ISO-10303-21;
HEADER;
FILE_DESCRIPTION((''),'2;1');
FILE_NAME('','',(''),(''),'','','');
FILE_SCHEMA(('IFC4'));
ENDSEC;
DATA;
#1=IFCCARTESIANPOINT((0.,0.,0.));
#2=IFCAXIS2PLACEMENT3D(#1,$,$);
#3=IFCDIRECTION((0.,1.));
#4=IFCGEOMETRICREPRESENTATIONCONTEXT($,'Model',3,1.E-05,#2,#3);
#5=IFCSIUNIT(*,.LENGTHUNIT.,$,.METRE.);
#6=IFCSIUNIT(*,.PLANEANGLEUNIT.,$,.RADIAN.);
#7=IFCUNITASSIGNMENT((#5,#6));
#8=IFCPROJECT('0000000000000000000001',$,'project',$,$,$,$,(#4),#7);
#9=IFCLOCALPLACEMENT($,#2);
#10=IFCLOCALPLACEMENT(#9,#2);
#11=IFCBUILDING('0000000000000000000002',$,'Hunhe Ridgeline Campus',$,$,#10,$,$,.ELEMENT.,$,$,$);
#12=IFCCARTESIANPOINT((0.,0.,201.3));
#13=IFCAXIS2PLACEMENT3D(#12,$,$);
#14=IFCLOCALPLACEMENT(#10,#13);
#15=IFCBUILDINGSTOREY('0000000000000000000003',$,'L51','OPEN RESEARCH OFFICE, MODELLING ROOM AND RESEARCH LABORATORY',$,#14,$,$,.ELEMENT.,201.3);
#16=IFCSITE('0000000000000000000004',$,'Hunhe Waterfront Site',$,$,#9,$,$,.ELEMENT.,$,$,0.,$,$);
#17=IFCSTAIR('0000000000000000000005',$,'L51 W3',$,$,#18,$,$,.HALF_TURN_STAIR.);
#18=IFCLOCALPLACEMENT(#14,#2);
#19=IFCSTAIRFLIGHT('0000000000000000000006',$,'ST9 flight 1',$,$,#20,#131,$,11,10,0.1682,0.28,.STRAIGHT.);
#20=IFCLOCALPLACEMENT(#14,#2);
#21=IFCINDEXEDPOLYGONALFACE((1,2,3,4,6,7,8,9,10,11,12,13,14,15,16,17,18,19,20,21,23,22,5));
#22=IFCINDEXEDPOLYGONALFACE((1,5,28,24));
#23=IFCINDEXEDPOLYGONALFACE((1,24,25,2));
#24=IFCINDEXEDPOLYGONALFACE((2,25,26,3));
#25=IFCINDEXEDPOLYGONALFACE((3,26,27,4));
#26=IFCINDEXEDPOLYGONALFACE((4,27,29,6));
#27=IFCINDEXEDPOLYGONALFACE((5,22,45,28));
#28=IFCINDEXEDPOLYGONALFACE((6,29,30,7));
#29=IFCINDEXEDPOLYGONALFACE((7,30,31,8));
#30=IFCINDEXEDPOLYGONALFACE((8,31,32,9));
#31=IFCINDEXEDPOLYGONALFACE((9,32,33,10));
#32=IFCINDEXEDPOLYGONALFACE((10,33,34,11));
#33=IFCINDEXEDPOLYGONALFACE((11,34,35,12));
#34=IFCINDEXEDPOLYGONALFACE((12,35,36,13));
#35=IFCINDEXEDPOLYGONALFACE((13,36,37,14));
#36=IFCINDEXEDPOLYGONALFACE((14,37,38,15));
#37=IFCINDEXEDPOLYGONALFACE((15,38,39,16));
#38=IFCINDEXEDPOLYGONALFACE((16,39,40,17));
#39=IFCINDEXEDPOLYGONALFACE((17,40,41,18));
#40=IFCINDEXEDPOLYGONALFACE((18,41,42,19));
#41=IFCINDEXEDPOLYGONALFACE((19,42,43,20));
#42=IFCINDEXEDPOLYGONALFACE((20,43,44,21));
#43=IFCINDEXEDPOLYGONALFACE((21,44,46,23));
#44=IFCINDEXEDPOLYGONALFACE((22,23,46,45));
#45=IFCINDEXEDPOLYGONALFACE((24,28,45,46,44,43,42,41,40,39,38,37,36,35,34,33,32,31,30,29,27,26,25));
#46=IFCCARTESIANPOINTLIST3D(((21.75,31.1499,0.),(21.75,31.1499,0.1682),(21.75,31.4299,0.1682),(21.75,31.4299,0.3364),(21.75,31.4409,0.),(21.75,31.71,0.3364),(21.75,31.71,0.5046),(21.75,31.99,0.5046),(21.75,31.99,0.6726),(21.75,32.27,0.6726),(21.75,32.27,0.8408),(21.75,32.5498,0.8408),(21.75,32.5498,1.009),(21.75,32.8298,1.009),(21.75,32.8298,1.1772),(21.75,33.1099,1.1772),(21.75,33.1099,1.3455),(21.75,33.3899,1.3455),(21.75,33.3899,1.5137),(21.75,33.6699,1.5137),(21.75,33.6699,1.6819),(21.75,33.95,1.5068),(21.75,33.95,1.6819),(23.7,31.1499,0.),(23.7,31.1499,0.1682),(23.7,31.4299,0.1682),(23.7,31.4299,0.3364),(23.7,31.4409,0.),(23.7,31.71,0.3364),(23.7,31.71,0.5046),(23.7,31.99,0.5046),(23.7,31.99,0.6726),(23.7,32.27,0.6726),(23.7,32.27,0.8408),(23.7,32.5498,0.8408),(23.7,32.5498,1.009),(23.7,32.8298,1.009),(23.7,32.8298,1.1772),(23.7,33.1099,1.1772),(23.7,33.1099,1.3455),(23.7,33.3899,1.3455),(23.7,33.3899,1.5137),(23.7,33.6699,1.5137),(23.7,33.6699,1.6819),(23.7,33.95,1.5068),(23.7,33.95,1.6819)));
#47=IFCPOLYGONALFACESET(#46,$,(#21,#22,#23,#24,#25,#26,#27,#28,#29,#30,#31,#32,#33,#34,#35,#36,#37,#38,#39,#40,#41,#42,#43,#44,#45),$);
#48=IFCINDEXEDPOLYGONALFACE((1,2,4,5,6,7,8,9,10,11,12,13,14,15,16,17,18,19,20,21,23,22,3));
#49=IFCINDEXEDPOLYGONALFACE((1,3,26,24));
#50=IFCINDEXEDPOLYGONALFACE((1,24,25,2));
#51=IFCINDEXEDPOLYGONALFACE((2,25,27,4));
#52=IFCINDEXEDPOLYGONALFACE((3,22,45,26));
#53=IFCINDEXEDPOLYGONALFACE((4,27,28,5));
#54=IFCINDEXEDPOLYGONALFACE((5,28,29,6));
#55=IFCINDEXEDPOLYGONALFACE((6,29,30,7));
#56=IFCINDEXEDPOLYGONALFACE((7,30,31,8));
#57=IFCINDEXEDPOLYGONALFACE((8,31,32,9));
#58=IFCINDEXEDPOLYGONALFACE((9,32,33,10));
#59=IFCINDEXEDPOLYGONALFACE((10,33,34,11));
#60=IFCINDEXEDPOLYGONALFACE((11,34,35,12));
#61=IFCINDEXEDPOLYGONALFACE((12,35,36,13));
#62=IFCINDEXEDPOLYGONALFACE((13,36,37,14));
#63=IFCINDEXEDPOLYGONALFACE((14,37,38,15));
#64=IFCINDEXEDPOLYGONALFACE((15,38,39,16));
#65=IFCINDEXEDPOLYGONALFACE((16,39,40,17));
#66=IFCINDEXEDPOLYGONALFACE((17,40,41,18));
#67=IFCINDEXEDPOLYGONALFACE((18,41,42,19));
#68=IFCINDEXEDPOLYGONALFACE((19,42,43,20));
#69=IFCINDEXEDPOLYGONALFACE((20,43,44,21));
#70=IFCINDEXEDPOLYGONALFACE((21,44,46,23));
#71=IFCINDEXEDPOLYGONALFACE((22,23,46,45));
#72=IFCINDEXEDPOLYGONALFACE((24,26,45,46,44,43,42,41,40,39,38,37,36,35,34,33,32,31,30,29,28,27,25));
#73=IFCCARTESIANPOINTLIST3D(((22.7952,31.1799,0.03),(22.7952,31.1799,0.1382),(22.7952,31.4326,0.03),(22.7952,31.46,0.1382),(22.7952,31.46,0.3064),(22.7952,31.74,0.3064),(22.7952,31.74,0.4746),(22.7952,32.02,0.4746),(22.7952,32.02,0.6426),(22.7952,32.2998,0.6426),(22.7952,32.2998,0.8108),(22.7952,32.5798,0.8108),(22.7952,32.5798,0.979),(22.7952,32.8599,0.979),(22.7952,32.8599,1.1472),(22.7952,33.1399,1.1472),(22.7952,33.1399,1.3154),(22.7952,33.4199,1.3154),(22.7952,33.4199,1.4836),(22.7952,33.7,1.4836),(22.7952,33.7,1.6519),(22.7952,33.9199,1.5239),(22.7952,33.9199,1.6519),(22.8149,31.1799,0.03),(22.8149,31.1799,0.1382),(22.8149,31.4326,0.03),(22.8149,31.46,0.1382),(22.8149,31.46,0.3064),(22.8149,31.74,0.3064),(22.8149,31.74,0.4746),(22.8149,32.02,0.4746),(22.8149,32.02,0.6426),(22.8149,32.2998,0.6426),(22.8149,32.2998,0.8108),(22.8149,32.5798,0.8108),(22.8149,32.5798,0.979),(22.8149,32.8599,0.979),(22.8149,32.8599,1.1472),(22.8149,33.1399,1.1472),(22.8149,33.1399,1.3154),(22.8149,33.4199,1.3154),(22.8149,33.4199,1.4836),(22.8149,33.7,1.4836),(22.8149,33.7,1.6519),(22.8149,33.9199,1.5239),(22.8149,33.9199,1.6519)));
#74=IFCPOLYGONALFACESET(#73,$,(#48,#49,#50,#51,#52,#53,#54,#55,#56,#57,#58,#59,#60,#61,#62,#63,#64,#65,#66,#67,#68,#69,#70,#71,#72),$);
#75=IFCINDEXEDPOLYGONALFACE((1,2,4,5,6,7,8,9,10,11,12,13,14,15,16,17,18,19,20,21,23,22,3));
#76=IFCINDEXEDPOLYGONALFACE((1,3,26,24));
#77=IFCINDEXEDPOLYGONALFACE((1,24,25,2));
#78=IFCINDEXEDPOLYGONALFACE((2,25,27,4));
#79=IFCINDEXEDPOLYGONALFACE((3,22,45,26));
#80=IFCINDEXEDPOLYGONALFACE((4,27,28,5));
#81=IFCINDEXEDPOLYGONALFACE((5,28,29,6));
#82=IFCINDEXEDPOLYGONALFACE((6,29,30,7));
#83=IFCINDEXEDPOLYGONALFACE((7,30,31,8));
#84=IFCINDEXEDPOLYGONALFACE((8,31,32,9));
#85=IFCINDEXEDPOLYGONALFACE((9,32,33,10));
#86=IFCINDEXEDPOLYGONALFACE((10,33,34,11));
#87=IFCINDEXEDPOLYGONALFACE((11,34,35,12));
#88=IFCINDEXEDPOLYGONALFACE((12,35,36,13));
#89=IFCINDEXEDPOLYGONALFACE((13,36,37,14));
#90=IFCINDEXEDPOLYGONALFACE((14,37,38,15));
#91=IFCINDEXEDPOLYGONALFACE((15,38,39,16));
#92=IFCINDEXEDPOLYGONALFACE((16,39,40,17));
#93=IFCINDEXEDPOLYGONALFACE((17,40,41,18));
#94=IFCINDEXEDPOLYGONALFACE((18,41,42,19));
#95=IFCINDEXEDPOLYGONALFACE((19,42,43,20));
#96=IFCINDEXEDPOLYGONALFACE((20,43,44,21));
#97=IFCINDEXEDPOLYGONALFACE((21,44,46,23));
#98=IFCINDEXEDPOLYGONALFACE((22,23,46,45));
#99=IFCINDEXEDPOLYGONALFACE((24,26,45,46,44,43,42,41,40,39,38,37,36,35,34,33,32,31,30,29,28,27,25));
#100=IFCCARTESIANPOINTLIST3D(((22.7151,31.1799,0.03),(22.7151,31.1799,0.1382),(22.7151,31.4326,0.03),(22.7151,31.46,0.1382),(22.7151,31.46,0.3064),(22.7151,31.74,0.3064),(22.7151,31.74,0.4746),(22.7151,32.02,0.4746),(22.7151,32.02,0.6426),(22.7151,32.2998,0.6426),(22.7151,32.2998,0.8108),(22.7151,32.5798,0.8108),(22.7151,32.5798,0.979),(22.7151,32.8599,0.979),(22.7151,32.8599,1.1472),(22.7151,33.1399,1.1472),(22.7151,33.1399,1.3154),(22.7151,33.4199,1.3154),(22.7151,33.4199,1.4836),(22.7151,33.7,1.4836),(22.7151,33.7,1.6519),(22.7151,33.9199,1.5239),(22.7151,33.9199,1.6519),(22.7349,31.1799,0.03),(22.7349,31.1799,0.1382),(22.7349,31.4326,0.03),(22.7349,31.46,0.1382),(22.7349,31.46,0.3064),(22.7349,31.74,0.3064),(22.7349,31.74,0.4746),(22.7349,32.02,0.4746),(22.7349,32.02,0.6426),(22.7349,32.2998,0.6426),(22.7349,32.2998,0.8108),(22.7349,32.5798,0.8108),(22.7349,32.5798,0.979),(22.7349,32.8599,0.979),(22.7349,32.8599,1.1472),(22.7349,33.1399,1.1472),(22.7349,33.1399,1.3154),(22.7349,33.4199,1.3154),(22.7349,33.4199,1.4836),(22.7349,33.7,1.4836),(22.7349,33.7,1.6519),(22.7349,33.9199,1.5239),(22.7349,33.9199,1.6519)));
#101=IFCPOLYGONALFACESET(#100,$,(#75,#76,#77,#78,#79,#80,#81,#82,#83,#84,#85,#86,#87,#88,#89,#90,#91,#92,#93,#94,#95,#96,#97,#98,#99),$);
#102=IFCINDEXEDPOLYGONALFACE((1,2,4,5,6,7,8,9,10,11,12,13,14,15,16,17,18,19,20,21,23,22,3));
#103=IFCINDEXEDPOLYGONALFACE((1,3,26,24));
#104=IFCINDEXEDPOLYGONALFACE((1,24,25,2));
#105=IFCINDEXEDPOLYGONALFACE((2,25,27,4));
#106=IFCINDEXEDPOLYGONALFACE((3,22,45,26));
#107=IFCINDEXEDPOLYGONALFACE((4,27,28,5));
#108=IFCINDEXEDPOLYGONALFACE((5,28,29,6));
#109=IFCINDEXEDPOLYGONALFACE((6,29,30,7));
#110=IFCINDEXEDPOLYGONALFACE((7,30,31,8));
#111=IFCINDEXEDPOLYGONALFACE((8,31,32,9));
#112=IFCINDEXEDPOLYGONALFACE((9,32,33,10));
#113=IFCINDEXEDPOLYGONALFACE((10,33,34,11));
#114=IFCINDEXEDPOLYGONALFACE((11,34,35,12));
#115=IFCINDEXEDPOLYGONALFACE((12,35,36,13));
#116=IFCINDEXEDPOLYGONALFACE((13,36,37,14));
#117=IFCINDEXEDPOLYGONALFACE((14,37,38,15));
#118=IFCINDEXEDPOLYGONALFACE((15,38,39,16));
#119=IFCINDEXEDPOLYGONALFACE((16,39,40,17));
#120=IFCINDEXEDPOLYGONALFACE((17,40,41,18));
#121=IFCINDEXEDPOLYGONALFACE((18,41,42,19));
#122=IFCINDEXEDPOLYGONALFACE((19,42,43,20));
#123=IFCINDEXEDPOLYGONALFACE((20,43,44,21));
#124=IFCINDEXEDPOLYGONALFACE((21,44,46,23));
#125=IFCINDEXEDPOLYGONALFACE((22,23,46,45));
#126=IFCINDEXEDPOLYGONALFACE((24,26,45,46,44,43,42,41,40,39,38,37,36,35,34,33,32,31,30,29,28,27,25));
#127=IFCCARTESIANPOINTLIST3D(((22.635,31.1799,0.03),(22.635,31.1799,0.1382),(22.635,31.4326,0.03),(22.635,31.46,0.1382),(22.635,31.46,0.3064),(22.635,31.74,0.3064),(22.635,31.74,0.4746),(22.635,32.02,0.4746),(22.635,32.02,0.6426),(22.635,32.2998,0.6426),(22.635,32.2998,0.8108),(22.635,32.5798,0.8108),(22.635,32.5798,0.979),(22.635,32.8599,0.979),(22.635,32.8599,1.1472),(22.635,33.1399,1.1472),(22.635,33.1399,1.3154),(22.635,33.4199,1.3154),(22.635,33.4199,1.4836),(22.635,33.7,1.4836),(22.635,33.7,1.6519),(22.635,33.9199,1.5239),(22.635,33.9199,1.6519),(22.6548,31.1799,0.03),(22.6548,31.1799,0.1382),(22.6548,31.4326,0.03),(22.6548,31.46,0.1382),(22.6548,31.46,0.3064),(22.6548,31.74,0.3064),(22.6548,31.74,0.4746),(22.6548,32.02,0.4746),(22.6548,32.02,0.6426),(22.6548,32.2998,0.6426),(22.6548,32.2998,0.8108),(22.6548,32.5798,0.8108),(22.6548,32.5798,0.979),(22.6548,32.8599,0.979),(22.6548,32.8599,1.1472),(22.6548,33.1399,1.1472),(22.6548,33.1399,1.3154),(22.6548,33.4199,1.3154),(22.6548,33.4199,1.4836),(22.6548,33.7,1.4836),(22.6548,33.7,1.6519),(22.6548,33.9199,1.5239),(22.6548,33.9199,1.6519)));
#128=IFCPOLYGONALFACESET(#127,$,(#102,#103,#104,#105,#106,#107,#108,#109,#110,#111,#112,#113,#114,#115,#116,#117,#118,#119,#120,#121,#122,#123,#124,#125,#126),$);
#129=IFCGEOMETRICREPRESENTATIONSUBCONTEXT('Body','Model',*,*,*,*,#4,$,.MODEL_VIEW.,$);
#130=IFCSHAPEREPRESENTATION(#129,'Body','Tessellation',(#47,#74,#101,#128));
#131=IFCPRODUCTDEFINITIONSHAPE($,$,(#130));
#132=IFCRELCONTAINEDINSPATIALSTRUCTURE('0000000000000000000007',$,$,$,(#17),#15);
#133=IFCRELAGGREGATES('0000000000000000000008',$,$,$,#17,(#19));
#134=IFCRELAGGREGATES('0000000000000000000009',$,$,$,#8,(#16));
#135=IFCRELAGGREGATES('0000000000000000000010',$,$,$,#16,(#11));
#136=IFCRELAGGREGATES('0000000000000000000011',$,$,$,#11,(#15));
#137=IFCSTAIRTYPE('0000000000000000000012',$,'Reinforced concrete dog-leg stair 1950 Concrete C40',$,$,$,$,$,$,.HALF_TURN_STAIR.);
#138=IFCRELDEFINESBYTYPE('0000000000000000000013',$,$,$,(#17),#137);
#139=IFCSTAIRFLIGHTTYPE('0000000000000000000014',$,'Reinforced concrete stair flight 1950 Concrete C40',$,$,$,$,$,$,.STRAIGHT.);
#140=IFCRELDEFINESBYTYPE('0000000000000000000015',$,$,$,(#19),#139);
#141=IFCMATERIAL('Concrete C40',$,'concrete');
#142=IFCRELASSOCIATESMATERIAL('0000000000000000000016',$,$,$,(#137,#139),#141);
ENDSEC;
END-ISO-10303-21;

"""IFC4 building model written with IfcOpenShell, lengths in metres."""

from ifc_helpers import new_model, si_unit, direction, frame, origin, place, context, subcontext, project, spatial, polyline, outline, extrude, material, type_object, element, aggregate, save


model = new_model("IFC4")

# Units and contexts
model_context = context("Model", 3, precision=1e-05, world=origin(), true_north=direction((0.0, 1.0)))
body_context = subcontext(model_context, "Body", "Model", "MODEL_VIEW")
ifc_project = project(units=[si_unit("LENGTHUNIT", "METRE"), si_unit("PLANEANGLEUNIT", "RADIAN")], contexts=[model_context])

# Site, building, storey
site_placement = place(None, origin())
site = spatial("IfcSite", under=ifc_project, at=site_placement, Name="Hunhe Waterfront Site", CompositionType="ELEMENT", RefElevation=0.0)
building_placement = place(site_placement, origin())
building = spatial("IfcBuilding", under=site, at=building_placement, Name="Hunhe Ridgeline Campus", CompositionType="ELEMENT")
storey_placement = place(building_placement, frame((0.0, 0.0, 201.3)))
storey = spatial("IfcBuildingStorey", under=building, at=storey_placement, Name="L51", Description="OPEN RESEARCH OFFICE, MODELLING ROOM AND RESEARCH LABORATORY", CompositionType="ELEMENT", Elevation=201.3)

# Stair, stair flight
ifc_material_1 = material(Name="Concrete C40", Category="concrete")
stair_type = type_object("IfcStairType", Name="Reinforced concrete dog-leg stair 1950 Concrete C40", PredefinedType="HALF_TURN_STAIR", material=ifc_material_1)
stair_placement = place(storey_placement, origin())
stair = element("IfcStair", 1, at=stair_placement, inside=storey, type_object=stair_type, Name="L51 W3", PredefinedType="HALF_TURN_STAIR")
stair_flight_type = type_object("IfcStairFlightType", Name="Reinforced concrete stair flight 1950 Concrete C40", PredefinedType="STRAIGHT", material=ifc_material_1)
stair_flight_1_placement = place(storey_placement, frame((22.7251, 31.1499, 0.0), z_axis=(0.0, 0.0, 1.0), x_axis=(0.0, 1.0, 0.0)))
stair_flight_1 = element("IfcStairFlight", 2, at=stair_flight_1_placement, type_object=stair_flight_type, Name="ST9 flight 1", NumberOfRisers=11, NumberOfTreads=10, PredefinedType="STRAIGHT", RiserHeight=0.1682, TreadLength=0.28, context=body_context, shape_type="SweptSolid", body=[
    extrude(outline(polyline([(0.0, 0.0), (0.0, 0.1682), (0.28, 0.1682), (0.28, 0.3364), (0.5601, 0.3364), (0.5601, 0.5046), (0.8401, 0.5046), (0.8401, 0.6726), (1.1201, 0.6726), (1.1201, 0.8408), (1.3999, 0.8408), (1.3999, 1.009), (1.6799, 1.009), (1.6799, 1.1772), (1.96, 1.1772), (1.96, 1.3455), (2.24, 1.3455), (2.24, 1.5137), (2.52, 1.5137), (2.52, 1.6819), (2.8, 1.6819), (2.8, 1.8501), (2.8, 1.5068), (0.291, 0.0), (0.0, 0.0)])), frame((0.0, 0.9751, 0.0), z_axis=(0.0, -1.0, 0.0), x_axis=(1.0, 0.0, 0.0)), (0.0, 0.0, 1.0), 1.95),
    extrude(outline(polyline([(0.03, 0.03), (0.03, 0.1382), (0.3101, 0.1382), (0.3101, 0.3064), (0.5901, 0.3064), (0.5901, 0.4746), (0.8701, 0.4746), (0.8701, 0.6426), (1.1499, 0.6426), (1.1499, 0.8108), (1.4299, 0.8108), (1.4299, 0.979), (1.71, 0.979), (1.71, 1.1472), (1.99, 1.1472), (1.99, 1.3154), (2.27, 1.3154), (2.27, 1.4836), (2.55, 1.4836), (2.55, 1.6519), (2.77, 1.6519), (2.77, 1.5239), (0.2827, 0.03), (0.03, 0.03)])), frame((0.0, -0.0701, 0.0), z_axis=(0.0, -1.0, 0.0), x_axis=(1.0, 0.0, 0.0)), (0.0, 0.0, 1.0), 0.0198),
    extrude(outline(polyline([(0.03, 0.03), (0.03, 0.1382), (0.3101, 0.1382), (0.3101, 0.3064), (0.5901, 0.3064), (0.5901, 0.4746), (0.8701, 0.4746), (0.8701, 0.6426), (1.1499, 0.6426), (1.1499, 0.8108), (1.4299, 0.8108), (1.4299, 0.979), (1.71, 0.979), (1.71, 1.1472), (1.99, 1.1472), (1.99, 1.3154), (2.27, 1.3154), (2.27, 1.4836), (2.55, 1.4836), (2.55, 1.6519), (2.77, 1.6519), (2.77, 1.5239), (0.2827, 0.03), (0.03, 0.03)])), frame((0.0, 0.01, 0.0), z_axis=(0.0, -1.0, 0.0), x_axis=(1.0, 0.0, 0.0)), (0.0, 0.0, 1.0), 0.0198),
    extrude(outline(polyline([(0.03, 0.03), (0.03, 0.1382), (0.3101, 0.1382), (0.3101, 0.3064), (0.5901, 0.3064), (0.5901, 0.4746), (0.8701, 0.4746), (0.8701, 0.6426), (1.1499, 0.6426), (1.1499, 0.8108), (1.4299, 0.8108), (1.4299, 0.979), (1.71, 0.979), (1.71, 1.1472), (1.99, 1.1472), (1.99, 1.3154), (2.27, 1.3154), (2.27, 1.4836), (2.55, 1.4836), (2.55, 1.6519), (2.77, 1.6519), (2.77, 1.5239), (0.2827, 0.03), (0.03, 0.03)])), frame((0.0, 0.0901, 0.0), z_axis=(0.0, -1.0, 0.0), x_axis=(1.0, 0.0, 0.0)), (0.0, 0.0, 1.0), 0.0198),
])
aggregate(stair, [stair_flight_1])

save(model, "model.ifc")
